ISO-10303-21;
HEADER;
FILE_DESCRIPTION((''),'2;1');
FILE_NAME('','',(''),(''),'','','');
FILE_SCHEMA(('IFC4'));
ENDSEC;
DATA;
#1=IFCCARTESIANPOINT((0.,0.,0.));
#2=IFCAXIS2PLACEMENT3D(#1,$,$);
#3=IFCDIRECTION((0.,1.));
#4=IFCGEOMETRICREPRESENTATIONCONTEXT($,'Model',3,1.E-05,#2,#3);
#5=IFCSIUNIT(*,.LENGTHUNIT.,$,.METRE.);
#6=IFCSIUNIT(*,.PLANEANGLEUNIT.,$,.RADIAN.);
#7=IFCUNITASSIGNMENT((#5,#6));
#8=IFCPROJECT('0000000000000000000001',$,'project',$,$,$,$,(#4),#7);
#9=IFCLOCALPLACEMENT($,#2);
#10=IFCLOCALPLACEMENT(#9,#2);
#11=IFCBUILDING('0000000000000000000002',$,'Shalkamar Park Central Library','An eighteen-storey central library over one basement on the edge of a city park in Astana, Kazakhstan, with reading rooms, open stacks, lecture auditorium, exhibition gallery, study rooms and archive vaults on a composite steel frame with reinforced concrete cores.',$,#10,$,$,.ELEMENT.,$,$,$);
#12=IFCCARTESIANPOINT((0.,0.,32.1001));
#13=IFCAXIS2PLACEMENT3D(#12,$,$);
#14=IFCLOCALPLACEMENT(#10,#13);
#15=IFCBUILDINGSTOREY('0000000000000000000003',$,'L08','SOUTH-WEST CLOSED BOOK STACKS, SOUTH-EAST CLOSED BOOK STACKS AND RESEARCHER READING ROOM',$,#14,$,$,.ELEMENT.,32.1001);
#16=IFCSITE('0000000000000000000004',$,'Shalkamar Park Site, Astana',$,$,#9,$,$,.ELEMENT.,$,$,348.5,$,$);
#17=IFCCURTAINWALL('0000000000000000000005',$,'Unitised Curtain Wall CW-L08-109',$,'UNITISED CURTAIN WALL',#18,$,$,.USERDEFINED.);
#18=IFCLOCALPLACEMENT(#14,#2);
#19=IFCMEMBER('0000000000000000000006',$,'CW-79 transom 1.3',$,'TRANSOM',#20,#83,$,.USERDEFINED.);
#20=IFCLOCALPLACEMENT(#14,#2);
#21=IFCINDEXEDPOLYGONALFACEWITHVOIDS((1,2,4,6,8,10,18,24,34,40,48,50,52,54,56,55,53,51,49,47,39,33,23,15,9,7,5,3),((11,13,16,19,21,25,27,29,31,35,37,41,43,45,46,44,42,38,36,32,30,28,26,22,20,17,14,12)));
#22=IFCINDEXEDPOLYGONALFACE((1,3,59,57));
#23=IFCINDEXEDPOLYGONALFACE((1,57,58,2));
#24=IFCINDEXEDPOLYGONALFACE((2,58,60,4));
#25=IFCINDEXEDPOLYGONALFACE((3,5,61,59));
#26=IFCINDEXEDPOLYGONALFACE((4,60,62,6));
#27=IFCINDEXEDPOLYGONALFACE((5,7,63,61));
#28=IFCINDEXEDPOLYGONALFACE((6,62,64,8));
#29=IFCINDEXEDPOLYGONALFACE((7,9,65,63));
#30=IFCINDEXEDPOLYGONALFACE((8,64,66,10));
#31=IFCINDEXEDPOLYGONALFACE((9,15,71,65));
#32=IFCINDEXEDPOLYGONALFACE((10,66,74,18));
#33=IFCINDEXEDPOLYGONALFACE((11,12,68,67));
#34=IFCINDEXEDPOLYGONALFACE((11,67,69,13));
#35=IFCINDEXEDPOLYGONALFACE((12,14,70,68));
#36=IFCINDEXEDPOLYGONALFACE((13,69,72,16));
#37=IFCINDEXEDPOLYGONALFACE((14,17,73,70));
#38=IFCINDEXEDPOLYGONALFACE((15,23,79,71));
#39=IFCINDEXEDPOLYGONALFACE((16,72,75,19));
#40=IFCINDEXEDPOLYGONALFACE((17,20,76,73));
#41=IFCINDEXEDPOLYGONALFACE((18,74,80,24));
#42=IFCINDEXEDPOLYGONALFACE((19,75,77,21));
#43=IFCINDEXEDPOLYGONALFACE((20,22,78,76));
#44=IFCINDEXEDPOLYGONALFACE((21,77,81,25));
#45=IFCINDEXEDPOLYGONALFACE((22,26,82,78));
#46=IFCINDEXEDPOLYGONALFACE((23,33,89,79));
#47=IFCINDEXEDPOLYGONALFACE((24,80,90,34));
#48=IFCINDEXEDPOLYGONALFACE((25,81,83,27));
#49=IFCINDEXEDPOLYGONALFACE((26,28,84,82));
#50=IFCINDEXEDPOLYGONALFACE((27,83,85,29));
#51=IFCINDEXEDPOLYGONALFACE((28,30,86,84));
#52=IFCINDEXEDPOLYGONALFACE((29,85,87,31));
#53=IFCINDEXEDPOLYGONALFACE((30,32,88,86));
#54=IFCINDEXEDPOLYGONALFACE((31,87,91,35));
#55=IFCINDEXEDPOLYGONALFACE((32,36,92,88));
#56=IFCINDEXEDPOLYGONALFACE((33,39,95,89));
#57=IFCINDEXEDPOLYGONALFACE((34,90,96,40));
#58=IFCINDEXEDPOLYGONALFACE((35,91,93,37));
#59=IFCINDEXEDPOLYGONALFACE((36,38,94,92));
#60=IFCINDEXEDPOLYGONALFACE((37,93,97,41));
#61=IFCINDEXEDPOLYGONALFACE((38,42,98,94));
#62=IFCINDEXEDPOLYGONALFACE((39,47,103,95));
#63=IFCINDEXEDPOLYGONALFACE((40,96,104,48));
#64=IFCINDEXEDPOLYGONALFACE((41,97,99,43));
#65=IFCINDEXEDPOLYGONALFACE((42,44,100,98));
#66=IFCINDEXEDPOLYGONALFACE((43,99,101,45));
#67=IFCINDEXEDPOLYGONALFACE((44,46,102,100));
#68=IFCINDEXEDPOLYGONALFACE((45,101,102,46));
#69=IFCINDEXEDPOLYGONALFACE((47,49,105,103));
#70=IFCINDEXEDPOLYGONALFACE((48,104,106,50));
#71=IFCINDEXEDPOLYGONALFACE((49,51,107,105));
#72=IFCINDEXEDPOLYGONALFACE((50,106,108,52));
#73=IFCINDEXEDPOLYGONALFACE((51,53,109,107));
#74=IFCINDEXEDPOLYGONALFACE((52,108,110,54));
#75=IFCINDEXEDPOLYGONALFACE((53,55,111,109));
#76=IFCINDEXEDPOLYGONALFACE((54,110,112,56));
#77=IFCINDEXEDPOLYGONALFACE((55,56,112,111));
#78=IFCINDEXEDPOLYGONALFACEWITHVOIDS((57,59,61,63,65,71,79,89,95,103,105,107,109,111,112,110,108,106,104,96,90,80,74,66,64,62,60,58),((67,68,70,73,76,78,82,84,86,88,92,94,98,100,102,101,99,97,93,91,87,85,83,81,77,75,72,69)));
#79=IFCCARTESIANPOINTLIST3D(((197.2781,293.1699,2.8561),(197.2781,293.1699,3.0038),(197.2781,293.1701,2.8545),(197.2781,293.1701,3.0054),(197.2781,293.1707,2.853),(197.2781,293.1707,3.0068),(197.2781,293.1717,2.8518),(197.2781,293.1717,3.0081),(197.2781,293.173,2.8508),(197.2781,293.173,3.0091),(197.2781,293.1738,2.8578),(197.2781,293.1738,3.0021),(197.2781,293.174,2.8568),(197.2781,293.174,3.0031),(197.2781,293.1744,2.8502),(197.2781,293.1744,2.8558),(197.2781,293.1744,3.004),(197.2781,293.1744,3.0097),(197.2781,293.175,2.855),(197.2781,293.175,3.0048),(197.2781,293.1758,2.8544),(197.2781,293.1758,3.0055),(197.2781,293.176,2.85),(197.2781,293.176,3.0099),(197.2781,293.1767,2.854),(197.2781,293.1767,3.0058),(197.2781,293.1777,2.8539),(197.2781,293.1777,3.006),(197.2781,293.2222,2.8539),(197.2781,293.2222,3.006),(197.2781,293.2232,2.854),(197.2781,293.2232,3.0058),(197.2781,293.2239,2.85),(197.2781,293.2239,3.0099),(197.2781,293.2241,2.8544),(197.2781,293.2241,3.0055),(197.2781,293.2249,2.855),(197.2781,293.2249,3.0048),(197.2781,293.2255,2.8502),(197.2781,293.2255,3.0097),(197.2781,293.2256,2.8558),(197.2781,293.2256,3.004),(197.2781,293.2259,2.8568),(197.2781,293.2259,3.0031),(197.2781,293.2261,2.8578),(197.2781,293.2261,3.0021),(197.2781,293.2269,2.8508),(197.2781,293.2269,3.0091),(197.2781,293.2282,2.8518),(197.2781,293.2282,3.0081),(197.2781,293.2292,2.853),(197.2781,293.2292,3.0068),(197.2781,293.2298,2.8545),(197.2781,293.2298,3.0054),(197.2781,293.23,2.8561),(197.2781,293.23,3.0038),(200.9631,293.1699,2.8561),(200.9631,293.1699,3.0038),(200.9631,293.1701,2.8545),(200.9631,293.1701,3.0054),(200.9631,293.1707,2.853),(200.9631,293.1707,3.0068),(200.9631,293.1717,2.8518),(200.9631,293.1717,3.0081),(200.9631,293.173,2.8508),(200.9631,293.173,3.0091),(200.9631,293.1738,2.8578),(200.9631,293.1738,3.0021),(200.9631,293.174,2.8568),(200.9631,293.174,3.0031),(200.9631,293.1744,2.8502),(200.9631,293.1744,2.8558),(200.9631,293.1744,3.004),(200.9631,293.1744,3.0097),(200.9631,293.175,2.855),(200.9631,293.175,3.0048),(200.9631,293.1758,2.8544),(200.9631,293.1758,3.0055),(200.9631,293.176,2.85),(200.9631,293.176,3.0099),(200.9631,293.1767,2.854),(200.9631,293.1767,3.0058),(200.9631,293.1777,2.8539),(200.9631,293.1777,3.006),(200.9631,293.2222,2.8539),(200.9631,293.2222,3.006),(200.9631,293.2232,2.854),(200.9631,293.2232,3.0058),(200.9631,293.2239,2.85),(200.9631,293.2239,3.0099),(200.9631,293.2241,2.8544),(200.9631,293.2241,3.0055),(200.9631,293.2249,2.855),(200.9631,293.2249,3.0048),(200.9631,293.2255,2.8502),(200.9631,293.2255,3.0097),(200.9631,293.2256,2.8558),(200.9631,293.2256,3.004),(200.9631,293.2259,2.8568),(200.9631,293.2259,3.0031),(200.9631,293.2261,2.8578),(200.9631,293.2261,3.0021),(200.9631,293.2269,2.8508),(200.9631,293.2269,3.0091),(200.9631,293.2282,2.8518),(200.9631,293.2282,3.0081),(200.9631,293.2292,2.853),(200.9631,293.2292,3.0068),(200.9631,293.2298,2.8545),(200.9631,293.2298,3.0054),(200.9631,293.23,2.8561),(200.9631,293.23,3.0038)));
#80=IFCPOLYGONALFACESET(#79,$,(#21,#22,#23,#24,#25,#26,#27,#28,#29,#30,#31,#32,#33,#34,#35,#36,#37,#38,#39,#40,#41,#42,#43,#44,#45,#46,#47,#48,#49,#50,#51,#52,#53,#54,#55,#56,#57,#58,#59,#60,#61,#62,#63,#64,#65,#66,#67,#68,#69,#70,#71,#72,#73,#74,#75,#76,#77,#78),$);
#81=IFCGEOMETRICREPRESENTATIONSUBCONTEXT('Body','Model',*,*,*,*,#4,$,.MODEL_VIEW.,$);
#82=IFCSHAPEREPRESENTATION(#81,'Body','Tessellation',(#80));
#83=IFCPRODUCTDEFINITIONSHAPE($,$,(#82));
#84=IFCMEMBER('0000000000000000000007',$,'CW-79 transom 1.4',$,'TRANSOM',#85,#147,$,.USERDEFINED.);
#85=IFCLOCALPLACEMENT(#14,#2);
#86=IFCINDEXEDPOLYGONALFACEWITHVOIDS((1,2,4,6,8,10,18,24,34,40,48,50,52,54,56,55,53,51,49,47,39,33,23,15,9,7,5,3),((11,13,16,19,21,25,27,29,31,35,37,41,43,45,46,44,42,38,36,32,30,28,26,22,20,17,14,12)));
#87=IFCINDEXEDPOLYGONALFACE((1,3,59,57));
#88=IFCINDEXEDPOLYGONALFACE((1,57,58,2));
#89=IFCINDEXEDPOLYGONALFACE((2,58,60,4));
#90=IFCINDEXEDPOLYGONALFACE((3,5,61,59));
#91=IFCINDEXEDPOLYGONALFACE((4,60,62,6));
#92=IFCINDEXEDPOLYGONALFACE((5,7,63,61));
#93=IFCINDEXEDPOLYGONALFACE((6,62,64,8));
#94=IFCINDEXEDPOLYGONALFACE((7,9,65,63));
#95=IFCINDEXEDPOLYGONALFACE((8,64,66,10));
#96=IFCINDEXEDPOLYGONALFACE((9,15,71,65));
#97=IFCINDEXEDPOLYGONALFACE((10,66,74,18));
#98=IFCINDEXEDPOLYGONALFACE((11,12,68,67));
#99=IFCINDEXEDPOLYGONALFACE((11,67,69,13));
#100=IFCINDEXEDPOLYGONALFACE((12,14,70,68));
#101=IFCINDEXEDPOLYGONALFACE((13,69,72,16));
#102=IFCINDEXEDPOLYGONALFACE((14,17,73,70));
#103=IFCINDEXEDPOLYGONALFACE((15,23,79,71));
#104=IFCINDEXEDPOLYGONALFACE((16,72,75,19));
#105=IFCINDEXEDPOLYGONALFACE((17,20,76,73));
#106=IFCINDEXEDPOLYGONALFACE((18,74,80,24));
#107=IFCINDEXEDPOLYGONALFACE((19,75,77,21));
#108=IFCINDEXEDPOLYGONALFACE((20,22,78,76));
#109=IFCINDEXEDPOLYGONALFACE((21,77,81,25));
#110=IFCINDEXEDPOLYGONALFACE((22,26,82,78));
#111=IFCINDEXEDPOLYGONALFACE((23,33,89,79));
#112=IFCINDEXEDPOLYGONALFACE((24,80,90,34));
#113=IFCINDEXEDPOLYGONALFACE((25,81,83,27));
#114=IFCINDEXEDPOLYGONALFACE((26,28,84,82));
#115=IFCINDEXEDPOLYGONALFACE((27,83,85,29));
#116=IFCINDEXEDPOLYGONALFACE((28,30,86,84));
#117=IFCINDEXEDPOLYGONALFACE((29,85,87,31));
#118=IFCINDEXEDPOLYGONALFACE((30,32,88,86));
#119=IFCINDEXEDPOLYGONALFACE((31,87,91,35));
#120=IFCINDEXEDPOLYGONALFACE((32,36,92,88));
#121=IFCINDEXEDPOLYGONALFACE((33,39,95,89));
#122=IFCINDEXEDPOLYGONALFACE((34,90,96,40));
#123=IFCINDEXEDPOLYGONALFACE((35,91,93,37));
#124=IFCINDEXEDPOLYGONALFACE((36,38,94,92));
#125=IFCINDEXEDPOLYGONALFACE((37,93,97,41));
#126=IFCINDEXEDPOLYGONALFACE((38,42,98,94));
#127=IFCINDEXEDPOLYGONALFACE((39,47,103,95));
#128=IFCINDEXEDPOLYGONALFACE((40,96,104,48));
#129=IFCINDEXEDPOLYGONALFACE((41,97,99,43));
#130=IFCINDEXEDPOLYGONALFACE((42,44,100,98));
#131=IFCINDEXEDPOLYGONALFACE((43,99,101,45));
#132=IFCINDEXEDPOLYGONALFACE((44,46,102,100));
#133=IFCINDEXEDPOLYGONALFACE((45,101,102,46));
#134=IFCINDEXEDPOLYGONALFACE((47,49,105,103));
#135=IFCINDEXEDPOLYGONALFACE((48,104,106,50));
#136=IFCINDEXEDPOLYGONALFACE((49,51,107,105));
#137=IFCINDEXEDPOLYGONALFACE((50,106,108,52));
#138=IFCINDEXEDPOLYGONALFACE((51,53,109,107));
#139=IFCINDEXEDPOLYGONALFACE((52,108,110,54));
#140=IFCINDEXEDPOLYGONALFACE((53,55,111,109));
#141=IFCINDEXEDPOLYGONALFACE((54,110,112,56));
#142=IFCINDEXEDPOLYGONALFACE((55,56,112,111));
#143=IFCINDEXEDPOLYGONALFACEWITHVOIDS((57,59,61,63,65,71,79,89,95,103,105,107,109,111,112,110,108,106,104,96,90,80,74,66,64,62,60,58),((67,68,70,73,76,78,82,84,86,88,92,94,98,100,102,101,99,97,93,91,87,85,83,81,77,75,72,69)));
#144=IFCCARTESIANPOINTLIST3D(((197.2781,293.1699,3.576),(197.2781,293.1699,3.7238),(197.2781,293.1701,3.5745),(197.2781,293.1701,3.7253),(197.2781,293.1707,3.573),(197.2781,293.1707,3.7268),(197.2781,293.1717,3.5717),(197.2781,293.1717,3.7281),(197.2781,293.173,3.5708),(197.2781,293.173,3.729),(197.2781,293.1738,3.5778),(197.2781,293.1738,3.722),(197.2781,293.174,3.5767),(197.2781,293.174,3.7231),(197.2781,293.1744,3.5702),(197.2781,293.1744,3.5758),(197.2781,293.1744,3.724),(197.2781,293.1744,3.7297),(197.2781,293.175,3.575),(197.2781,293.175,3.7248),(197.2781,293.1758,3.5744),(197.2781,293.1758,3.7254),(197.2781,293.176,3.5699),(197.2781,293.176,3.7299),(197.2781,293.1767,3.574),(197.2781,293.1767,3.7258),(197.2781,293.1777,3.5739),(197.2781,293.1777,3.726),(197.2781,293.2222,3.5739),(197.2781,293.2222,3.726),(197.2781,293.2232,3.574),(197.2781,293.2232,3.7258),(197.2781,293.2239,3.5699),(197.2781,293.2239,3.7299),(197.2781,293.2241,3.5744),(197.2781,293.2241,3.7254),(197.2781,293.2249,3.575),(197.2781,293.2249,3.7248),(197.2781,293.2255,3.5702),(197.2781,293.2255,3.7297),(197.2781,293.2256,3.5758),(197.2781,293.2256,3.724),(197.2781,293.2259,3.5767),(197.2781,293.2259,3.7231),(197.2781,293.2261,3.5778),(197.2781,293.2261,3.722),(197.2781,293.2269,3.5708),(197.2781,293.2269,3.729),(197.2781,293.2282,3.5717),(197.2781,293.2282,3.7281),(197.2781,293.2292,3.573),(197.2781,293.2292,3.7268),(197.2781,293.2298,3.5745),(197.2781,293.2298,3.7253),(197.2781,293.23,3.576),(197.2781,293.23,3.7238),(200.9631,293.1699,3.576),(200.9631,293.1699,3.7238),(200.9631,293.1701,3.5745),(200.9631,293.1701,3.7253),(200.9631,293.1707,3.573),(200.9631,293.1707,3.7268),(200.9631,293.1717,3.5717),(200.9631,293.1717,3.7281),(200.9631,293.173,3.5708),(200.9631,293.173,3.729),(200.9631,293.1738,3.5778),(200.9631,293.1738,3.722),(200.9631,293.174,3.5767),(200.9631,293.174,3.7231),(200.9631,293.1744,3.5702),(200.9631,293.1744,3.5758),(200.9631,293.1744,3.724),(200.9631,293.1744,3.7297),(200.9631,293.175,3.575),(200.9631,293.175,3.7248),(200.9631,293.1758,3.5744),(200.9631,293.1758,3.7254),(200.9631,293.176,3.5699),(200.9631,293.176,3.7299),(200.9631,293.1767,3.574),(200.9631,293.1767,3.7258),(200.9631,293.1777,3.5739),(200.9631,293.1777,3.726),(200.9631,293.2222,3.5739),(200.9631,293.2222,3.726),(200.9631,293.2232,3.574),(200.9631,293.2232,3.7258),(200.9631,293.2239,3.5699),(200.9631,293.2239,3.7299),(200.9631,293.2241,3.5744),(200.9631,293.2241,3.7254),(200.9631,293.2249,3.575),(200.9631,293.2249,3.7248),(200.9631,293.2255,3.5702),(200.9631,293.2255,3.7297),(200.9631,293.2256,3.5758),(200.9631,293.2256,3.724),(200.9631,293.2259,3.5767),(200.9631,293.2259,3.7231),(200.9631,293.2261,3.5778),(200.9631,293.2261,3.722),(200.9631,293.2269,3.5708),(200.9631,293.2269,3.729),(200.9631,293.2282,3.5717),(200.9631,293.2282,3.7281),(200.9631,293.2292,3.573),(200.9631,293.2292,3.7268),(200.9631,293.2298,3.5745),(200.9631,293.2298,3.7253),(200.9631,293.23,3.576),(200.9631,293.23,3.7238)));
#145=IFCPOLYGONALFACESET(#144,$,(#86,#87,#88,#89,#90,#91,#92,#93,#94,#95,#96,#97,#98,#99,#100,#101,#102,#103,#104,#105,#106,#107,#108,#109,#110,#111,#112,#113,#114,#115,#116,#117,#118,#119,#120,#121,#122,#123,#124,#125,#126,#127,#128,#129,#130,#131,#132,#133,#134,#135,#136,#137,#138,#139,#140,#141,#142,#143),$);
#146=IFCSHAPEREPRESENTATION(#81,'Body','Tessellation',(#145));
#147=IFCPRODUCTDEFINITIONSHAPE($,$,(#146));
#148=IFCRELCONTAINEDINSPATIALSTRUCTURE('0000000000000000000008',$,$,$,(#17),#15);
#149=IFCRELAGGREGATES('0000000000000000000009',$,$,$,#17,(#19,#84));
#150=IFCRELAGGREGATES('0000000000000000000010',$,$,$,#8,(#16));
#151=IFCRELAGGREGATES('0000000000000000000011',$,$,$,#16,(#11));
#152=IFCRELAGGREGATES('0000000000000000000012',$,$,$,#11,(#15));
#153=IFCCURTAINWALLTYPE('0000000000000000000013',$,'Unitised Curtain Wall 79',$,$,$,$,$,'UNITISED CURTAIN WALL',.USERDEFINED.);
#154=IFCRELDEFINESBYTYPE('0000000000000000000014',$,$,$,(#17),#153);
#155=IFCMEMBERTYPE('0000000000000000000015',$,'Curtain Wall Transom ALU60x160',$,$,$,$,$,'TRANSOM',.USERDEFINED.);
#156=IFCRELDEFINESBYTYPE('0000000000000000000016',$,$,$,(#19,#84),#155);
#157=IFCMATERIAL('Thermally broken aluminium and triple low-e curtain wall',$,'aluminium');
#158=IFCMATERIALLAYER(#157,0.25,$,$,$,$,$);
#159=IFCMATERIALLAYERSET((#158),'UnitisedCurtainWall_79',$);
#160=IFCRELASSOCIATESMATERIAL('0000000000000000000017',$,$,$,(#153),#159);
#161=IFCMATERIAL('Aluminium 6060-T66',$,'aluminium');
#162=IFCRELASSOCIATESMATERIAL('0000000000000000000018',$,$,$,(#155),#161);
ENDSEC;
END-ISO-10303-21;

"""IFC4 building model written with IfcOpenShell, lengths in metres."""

from ifc_helpers import new_model, si_unit, direction, frame, origin, origin_2d, place, context, subcontext, project, spatial, hollow_rectangle, extrude, material, layer, layer_set, material_profile, profile_set, type_object, element, aggregate, save


model = new_model("IFC4")

# Units and contexts
model_context = context("Model", 3, precision=1e-05, world=origin(), true_north=direction((0.0, 1.0)))
body_context = subcontext(model_context, "Body", "Model", "MODEL_VIEW")
ifc_project = project(units=[si_unit("LENGTHUNIT", "METRE"), si_unit("PLANEANGLEUNIT", "RADIAN")], contexts=[model_context])

# Site, building, storey
site_placement = place(None, origin())
site = spatial("IfcSite", under=ifc_project, at=site_placement, Name="Shalkamar Park Site, Astana", CompositionType="ELEMENT", RefElevation=348.5)
building_placement = place(site_placement, origin())
building = spatial("IfcBuilding", under=site, at=building_placement, Name="Shalkamar Park Central Library", Description="An eighteen-storey central library over one basement on the edge of a city park in Astana, Kazakhstan, with reading rooms, open stacks, lecture auditorium, exhibition gallery, study rooms and archive vaults on a composite steel frame with reinforced concrete cores.", CompositionType="ELEMENT")
storey_placement = place(building_placement, frame((0.0, 0.0, 32.1001)))
storey = spatial("IfcBuildingStorey", under=building, at=storey_placement, Name="L08", Description="SOUTH-WEST CLOSED BOOK STACKS, SOUTH-EAST CLOSED BOOK STACKS AND RESEARCHER READING ROOM", CompositionType="ELEMENT", Elevation=32.1001)

# Curtain wall
ifc_material_1 = material(Name="Thermally broken aluminium and triple low-e curtain wall", Category="aluminium")
ifc_layer_1 = layer(ifc_material_1, 0.25)
ifc_layer_set_1 = layer_set([ifc_layer_1], Name="UnitisedCurtainWall_79")
curtain_wall_type_1 = type_object("IfcCurtainWallType", Name="Unitised Curtain Wall 79", ElementType="UNITISED CURTAIN WALL", PredefinedType="USERDEFINED", material=ifc_layer_set_1)
curtain_wall_1_placement = place(storey_placement, origin())
curtain_wall_1 = element("IfcCurtainWall", 1, at=curtain_wall_1_placement, inside=storey, type_object=curtain_wall_type_1, Name="Unitised Curtain Wall CW-L08-109", ObjectType="UNITISED CURTAIN WALL", PredefinedType="USERDEFINED")
ifc_material_2 = material(Name="Aluminium 6060-T66", Category="aluminium")

# Members
ifc_material_profile_1 = material_profile(ifc_material_2, hollow_rectangle(XDim=0.0601, YDim=0.1599, WallThickness=0.0039, InnerFilletRadius=0.0039, OuterFilletRadius=0.0061, at=origin_2d()), Name="ALU 60x160x4")
ifc_profile_set_1 = profile_set([ifc_material_profile_1], Name="Aluminium 6060-T66")
member_type_1 = type_object("IfcMemberType", Name="Curtain Wall Transom ALU60x160", ElementType="TRANSOM", PredefinedType="USERDEFINED", material=ifc_profile_set_1)
member_1_placement = place(storey_placement, frame((197.2781, 293.2, 2.9299), z_axis=(1.0, 0.0, 0.0), x_axis=(0.0, 1.0, 0.0)))
member_1 = element("IfcMember", 2, at=member_1_placement, type_object=member_type_1, Name="CW-79 transom 1.3", ObjectType="TRANSOM", PredefinedType="USERDEFINED", context=body_context, shape_type="SweptSolid", body=[
    extrude(hollow_rectangle(XDim=0.0601, YDim=0.1599, WallThickness=0.0039, InnerFilletRadius=0.0039, OuterFilletRadius=0.0061, at=origin_2d()), origin(), (0.0, 0.0, 1.0), 3.6851),
])
member_2_placement = place(storey_placement, frame((197.2781, 293.2, 3.6499), z_axis=(1.0, 0.0, 0.0), x_axis=(0.0, 1.0, 0.0)))
member_2 = element("IfcMember", 3, at=member_2_placement, type_object=member_type_1, Name="CW-79 transom 1.4", ObjectType="TRANSOM", PredefinedType="USERDEFINED", context=body_context, shape_type="SweptSolid", body=[
    extrude(hollow_rectangle(XDim=0.0601, YDim=0.1599, WallThickness=0.0039, InnerFilletRadius=0.0039, OuterFilletRadius=0.0061, at=origin_2d()), origin(), (0.0, 0.0, 1.0), 3.6851),
])

aggregate(curtain_wall_1, [member_1, member_2])

save(model, "model.ifc")
